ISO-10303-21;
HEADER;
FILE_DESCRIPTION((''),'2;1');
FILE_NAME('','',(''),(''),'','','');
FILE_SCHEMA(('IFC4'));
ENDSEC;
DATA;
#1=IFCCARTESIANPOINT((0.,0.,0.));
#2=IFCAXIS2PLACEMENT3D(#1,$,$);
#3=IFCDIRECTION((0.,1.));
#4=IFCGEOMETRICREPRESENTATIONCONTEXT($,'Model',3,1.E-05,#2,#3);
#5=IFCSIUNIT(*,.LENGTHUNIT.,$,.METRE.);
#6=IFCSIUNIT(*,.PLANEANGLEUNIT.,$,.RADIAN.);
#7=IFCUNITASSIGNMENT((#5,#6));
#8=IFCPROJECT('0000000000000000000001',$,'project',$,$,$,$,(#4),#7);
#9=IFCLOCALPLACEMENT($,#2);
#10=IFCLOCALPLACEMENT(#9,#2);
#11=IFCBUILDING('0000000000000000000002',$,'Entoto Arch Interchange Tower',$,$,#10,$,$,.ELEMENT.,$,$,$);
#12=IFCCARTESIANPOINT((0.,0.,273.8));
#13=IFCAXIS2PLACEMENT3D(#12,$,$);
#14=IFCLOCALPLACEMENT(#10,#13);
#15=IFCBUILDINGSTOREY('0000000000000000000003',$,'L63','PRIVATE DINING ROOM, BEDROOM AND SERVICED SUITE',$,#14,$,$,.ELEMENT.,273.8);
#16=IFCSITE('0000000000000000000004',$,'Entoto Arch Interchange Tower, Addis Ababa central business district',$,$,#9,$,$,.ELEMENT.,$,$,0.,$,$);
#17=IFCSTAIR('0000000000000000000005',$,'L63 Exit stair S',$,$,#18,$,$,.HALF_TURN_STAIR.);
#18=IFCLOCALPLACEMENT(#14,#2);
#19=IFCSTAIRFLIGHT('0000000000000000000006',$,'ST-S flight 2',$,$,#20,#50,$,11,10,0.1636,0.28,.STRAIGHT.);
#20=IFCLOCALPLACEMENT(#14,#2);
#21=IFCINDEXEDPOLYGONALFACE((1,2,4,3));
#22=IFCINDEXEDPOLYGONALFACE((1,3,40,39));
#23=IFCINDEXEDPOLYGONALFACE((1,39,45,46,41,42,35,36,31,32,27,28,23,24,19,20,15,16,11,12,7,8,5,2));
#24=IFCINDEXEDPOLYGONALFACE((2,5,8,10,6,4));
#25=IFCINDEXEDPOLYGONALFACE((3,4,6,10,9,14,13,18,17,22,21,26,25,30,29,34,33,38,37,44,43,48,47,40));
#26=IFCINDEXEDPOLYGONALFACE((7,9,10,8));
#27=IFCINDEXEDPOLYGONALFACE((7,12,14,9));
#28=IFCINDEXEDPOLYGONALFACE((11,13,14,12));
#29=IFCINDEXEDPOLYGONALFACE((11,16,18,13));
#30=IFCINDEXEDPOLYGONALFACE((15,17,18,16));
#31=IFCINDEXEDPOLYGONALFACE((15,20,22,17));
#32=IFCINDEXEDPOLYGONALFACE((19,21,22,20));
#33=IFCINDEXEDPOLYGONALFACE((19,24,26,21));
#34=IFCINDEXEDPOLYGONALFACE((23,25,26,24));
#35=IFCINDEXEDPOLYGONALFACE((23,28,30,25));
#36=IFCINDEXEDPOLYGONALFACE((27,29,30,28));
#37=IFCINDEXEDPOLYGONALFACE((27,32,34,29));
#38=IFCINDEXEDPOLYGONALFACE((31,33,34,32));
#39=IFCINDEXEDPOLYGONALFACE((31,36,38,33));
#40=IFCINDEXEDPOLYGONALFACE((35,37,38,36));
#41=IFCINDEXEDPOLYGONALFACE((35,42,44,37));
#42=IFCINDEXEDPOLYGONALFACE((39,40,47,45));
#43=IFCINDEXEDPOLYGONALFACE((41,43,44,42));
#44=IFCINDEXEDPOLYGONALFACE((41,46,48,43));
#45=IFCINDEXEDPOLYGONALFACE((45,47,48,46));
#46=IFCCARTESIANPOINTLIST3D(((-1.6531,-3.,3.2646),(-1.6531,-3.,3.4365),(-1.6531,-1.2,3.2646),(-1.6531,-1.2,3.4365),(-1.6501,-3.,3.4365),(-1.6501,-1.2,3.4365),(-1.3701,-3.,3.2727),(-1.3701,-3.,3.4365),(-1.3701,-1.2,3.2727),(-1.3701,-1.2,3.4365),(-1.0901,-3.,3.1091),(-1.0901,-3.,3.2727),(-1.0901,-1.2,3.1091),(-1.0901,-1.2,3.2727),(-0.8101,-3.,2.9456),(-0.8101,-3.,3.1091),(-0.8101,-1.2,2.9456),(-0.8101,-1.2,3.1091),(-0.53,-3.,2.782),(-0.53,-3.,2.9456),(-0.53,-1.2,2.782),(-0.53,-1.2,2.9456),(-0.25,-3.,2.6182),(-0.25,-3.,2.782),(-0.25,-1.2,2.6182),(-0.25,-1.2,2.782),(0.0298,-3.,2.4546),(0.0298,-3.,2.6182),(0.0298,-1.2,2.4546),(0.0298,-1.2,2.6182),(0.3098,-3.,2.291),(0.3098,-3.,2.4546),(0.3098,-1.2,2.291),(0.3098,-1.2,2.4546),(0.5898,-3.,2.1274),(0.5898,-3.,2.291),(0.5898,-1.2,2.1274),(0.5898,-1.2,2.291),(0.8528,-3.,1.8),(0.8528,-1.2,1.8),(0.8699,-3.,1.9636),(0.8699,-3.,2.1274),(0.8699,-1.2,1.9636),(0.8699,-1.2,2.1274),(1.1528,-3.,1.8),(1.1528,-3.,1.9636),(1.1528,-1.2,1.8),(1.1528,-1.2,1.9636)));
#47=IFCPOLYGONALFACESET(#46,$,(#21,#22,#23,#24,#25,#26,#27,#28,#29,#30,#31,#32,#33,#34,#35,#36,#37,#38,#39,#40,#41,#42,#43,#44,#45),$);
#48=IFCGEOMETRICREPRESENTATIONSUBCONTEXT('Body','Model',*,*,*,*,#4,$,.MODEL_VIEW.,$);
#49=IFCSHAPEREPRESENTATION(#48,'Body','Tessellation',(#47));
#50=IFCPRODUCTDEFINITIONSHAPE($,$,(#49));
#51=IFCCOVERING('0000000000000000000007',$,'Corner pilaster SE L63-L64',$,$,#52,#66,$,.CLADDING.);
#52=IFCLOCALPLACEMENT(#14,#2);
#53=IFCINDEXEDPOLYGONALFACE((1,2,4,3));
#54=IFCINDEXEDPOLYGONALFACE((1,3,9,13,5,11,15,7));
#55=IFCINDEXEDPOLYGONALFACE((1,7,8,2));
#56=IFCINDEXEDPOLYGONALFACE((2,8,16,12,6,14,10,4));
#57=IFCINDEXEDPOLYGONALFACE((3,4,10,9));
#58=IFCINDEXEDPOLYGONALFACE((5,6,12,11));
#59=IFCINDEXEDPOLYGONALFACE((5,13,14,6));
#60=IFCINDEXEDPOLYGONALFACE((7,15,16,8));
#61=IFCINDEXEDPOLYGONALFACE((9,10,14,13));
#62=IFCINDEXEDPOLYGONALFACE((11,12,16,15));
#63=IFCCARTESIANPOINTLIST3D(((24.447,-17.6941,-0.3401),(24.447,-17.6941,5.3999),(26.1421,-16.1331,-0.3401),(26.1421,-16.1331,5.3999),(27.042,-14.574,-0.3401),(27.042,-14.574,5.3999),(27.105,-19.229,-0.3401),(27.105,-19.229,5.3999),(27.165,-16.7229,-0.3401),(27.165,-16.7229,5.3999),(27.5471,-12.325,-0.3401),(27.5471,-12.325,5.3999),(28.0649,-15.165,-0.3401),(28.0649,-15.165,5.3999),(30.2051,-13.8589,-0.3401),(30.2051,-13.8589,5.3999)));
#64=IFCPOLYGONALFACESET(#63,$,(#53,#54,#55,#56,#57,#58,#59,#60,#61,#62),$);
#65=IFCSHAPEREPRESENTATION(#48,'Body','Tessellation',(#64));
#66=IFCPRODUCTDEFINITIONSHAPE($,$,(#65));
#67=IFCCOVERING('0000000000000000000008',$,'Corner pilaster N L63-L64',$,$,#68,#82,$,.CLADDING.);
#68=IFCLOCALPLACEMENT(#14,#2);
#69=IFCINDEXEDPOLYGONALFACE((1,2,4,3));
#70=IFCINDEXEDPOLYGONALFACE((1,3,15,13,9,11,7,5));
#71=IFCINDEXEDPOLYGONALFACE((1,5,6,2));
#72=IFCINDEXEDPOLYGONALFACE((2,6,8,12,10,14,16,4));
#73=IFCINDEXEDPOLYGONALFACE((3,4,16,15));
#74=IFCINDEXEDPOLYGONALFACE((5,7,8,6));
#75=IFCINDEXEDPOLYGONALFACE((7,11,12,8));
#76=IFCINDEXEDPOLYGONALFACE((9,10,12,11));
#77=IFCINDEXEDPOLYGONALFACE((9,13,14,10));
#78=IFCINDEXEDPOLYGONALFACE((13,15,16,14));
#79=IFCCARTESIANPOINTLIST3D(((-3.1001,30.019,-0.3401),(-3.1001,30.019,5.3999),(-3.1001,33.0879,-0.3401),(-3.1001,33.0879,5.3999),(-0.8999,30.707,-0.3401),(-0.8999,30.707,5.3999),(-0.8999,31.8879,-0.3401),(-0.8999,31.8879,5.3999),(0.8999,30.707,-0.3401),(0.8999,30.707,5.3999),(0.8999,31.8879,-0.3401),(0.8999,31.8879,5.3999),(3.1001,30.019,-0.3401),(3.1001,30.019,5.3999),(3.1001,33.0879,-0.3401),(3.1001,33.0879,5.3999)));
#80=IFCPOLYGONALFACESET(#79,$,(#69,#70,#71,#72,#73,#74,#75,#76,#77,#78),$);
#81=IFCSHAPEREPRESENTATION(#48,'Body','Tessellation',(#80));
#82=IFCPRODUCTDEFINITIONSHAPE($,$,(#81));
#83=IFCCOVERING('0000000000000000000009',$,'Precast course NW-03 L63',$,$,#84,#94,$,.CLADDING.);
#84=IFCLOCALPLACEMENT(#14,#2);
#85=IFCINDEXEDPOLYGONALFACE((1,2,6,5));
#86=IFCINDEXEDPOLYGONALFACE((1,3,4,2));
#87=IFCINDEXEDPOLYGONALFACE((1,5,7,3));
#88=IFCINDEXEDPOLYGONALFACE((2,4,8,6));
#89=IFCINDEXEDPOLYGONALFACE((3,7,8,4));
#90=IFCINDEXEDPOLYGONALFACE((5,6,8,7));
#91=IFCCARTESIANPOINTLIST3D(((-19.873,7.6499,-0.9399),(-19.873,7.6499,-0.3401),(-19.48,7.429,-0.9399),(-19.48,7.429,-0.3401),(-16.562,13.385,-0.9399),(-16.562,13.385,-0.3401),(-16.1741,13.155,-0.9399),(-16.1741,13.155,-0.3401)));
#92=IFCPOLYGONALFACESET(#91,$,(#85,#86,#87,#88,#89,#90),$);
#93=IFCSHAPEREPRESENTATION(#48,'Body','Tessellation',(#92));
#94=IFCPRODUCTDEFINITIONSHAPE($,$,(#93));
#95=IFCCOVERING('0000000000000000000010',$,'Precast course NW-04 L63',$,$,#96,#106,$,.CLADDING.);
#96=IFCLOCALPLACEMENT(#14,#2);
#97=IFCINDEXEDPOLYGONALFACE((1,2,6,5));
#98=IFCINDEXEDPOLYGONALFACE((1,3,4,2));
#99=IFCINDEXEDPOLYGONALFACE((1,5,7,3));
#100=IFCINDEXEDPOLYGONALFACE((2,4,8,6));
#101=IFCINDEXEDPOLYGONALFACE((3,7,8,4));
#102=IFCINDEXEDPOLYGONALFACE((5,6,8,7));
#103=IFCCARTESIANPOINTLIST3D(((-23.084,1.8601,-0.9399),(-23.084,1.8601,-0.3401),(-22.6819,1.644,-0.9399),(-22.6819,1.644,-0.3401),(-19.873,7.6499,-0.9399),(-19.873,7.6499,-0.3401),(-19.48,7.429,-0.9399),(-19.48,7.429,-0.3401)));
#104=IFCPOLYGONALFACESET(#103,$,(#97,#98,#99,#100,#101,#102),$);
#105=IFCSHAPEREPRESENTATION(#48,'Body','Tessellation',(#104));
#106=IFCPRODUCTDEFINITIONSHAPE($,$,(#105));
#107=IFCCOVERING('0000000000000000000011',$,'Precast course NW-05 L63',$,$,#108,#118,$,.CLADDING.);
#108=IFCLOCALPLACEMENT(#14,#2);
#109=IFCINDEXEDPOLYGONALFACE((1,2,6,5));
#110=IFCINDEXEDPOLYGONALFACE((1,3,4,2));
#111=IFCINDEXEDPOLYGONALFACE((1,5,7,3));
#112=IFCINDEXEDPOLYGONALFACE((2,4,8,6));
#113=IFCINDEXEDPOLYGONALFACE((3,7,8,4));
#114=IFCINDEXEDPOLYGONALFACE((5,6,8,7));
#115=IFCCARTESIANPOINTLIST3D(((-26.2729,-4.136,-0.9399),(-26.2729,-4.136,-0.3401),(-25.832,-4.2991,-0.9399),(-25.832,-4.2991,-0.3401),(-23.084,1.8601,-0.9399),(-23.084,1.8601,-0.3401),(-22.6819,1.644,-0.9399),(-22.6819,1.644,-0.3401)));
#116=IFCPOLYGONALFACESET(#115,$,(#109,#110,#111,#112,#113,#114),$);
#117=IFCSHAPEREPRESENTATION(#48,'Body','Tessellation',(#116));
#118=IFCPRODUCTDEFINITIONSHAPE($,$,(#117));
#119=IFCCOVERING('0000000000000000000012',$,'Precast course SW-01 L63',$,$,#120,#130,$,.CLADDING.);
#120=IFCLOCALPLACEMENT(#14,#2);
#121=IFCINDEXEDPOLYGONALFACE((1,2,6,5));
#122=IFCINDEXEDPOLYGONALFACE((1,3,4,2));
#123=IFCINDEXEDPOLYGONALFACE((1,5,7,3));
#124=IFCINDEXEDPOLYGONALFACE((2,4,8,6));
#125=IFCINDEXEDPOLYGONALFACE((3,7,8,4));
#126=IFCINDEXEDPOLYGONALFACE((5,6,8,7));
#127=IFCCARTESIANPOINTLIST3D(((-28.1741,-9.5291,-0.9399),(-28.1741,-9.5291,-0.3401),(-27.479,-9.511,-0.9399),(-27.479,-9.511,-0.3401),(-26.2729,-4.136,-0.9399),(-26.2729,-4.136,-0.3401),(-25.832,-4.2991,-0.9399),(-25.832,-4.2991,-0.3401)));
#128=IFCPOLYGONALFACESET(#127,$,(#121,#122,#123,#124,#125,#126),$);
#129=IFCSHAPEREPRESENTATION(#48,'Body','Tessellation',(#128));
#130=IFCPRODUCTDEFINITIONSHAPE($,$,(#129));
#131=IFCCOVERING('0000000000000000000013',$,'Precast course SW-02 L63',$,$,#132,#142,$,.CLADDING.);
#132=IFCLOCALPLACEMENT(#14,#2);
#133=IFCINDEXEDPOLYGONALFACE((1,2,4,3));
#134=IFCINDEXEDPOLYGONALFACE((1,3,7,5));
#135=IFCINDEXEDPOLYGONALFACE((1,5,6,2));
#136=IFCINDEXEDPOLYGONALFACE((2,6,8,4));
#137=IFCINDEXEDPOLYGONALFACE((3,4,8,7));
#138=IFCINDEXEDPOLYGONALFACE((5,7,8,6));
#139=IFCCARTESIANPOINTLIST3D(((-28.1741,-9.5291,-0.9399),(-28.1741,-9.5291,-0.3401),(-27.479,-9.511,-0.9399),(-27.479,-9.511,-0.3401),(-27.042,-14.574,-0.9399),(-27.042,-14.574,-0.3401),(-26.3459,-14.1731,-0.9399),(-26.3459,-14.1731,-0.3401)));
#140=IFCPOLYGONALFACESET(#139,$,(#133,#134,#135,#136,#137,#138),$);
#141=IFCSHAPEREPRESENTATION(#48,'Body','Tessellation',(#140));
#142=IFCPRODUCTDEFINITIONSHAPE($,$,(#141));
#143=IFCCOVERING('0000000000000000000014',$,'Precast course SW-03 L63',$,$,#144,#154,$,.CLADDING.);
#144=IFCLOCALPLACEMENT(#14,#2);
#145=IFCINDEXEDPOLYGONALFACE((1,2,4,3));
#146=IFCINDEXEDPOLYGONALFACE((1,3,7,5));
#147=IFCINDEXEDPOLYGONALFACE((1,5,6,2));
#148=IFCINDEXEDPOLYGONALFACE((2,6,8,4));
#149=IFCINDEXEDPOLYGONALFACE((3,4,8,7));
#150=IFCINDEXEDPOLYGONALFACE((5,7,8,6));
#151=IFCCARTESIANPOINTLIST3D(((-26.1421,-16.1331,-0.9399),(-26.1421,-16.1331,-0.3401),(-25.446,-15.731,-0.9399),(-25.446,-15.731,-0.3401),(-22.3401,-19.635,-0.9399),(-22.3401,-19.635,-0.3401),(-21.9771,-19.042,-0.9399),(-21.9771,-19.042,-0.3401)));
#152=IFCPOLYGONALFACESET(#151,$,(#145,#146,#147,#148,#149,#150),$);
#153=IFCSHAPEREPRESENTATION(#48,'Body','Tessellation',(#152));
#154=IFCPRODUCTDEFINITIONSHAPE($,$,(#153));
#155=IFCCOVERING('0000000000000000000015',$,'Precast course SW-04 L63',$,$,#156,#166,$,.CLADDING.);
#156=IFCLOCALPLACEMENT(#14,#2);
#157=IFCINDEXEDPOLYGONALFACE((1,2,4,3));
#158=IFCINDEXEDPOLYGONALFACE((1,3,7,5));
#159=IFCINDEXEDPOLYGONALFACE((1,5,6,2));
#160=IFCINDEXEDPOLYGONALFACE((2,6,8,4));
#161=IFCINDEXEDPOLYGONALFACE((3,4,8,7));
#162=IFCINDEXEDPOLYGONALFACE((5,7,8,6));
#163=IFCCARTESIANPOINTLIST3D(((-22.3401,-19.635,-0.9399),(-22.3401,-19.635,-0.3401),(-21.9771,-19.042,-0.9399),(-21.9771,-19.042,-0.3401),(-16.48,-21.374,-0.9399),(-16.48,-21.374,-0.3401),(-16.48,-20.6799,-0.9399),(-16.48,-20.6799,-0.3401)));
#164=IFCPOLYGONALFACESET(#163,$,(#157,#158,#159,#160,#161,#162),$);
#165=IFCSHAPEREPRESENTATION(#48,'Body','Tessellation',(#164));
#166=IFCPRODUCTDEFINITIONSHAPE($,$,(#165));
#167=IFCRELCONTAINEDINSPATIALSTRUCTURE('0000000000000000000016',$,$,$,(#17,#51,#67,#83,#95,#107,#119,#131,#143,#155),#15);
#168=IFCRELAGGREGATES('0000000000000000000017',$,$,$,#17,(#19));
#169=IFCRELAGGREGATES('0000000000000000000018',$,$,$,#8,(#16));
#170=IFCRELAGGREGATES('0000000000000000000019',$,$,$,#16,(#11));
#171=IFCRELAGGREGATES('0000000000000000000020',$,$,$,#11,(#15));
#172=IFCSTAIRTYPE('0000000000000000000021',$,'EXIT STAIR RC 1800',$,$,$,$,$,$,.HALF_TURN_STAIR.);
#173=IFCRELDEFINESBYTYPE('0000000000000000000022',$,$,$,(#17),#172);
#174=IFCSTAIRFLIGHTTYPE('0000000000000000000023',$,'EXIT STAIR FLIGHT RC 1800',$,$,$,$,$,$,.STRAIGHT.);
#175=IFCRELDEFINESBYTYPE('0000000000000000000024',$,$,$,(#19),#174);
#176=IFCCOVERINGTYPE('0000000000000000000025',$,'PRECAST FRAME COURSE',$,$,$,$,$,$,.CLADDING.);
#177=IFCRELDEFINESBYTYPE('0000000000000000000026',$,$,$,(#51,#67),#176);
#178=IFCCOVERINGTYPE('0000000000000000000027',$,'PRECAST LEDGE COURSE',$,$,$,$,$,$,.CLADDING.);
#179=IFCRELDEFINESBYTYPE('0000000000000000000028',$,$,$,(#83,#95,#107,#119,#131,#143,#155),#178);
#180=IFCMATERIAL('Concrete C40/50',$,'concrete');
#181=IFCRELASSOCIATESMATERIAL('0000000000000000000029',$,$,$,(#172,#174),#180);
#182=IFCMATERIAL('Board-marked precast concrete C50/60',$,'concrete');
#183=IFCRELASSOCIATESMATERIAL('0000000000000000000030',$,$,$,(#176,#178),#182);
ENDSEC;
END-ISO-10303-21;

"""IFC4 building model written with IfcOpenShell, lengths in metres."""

from ifc_helpers import new_model, si_unit, direction, frame, origin, place, context, subcontext, project, spatial, polyline, outline, extrude, material, type_object, element, aggregate, save


model = new_model("IFC4")

# Units and contexts
model_context = context("Model", 3, precision=1e-05, world=origin(), true_north=direction((0.0, 1.0)))
body_context = subcontext(model_context, "Body", "Model", "MODEL_VIEW")
ifc_project = project(units=[si_unit("LENGTHUNIT", "METRE"), si_unit("PLANEANGLEUNIT", "RADIAN")], contexts=[model_context])

# Site, building, storey
site_placement = place(None, origin())
site = spatial("IfcSite", under=ifc_project, at=site_placement, Name="Entoto Arch Interchange Tower, Addis Ababa central business district", CompositionType="ELEMENT", RefElevation=0.0)
building_placement = place(site_placement, origin())
building = spatial("IfcBuilding", under=site, at=building_placement, Name="Entoto Arch Interchange Tower", CompositionType="ELEMENT")
storey_placement = place(building_placement, frame((0.0, 0.0, 273.8)))
storey = spatial("IfcBuildingStorey", under=building, at=storey_placement, Name="L63", Description="PRIVATE DINING ROOM, BEDROOM AND SERVICED SUITE", CompositionType="ELEMENT", Elevation=273.8)

# Shared definitions
ifc_material_1 = material(Name="Board-marked precast concrete C50/60", Category="concrete")

# Shared definitions
ifc_material_2 = material(Name="Concrete C40/50", Category="concrete")

# Stair, stair flight
stair_type = type_object("IfcStairType", Name="EXIT STAIR RC 1800", PredefinedType="HALF_TURN_STAIR", material=ifc_material_2)
stair_placement = place(storey_placement, origin())
stair = element("IfcStair", 1, at=stair_placement, inside=storey, type_object=stair_type, Name="L63 Exit stair S", PredefinedType="HALF_TURN_STAIR")
stair_flight_type = type_object("IfcStairFlightType", Name="EXIT STAIR FLIGHT RC 1800", PredefinedType="STRAIGHT", material=ifc_material_2)
stair_flight_placement = place(storey_placement, frame((1.1499, -2.1001, 1.8), z_axis=(0.0, 0.0, 1.0), x_axis=(-1.0, 0.0, 0.0)))
stair_flight = element("IfcStairFlight", 2, at=stair_flight_placement, type_object=stair_flight_type, Name="ST-S flight 2", NumberOfRisers=11, NumberOfTreads=10, PredefinedType="STRAIGHT", RiserHeight=0.1636, TreadLength=0.28, context=body_context, shape_type="SweptSolid", body=[
    extrude(outline(polyline([(-0.0029, 0.0), (-0.0029, 0.1636), (0.28, 0.1636), (0.28, 0.3274), (0.5601, 0.3274), (0.5601, 0.491), (0.8401, 0.491), (0.8401, 0.6545), (1.1201, 0.6545), (1.1201, 0.8181), (1.3999, 0.8181), (1.3999, 0.9819), (1.6799, 0.9819), (1.6799, 1.1455), (1.96, 1.1455), (1.96, 1.3091), (2.24, 1.3091), (2.24, 1.4727), (2.52, 1.4727), (2.52, 1.6365), (2.8, 1.6365), (2.803, 1.6365), (2.803, 1.4646), (0.2971, 0.0), (-0.0029, 0.0)])), frame((0.0, 0.8999, 0.0), z_axis=(0.0, -1.0, 0.0), x_axis=(1.0, 0.0, 0.0)), (0.0, 0.0, 1.0), 1.8),
])
aggregate(stair, [stair_flight])

# Coverings
covering_type_1 = type_object("IfcCoveringType", Name="PRECAST FRAME COURSE", PredefinedType="CLADDING", material=ifc_material_1)
covering_1_placement = place(storey_placement, frame((0.0, 0.0, -0.3401)))
element("IfcCovering", 3, at=covering_1_placement, inside=storey, type_object=covering_type_1, Name="Corner pilaster SE L63-L64", PredefinedType="CLADDING", context=body_context, shape_type="SweptSolid", body=[
    extrude(outline(polyline([(30.2051, -13.8589), (27.105, -19.229), (24.447, -17.6941), (26.1421, -16.1331), (27.165, -16.7229), (28.0649, -15.165), (27.042, -14.574), (27.5471, -12.325), (30.2051, -13.8589)])), origin(), (0.0, 0.0, 1.0), 5.74),
])
covering_2_placement = place(storey_placement, frame((0.0, 0.0, -0.3401)))
element("IfcCovering", 4, at=covering_2_placement, inside=storey, type_object=covering_type_1, Name="Corner pilaster N L63-L64", PredefinedType="CLADDING", context=body_context, shape_type="SweptSolid", body=[
    extrude(outline(polyline([(-3.1001, 33.0879), (3.1001, 33.0879), (3.1001, 30.019), (0.8999, 30.707), (0.8999, 31.8879), (-0.8999, 31.8879), (-0.8999, 30.707), (-3.1001, 30.019), (-3.1001, 33.0879)])), origin(), (0.0, 0.0, 1.0), 5.74),
])
covering_type_2 = type_object("IfcCoveringType", Name="PRECAST LEDGE COURSE", PredefinedType="CLADDING", material=ifc_material_1)
covering_3_placement = place(storey_placement, frame((0.0, 0.0, -0.9399)))
element("IfcCovering", 5, at=covering_3_placement, inside=storey, type_object=covering_type_2, Name="Precast course NW-03 L63", PredefinedType="CLADDING", context=body_context, shape_type="SweptSolid", body=[
    extrude(outline(polyline([(-19.48, 7.429), (-19.873, 7.6499), (-16.562, 13.385), (-16.1741, 13.155), (-19.48, 7.429)])), origin(), (0.0, 0.0, 1.0), 0.5999),
])
covering_4_placement = place(storey_placement, frame((0.0, 0.0, -0.9399)))
element("IfcCovering", 6, at=covering_4_placement, inside=storey, type_object=covering_type_2, Name="Precast course NW-04 L63", PredefinedType="CLADDING", context=body_context, shape_type="SweptSolid", body=[
    extrude(outline(polyline([(-22.6819, 1.644), (-23.084, 1.8601), (-19.873, 7.6499), (-19.48, 7.429), (-22.6819, 1.644)])), origin(), (0.0, 0.0, 1.0), 0.5999),
])
covering_5_placement = place(storey_placement, frame((0.0, 0.0, -0.9399)))
element("IfcCovering", 7, at=covering_5_placement, inside=storey, type_object=covering_type_2, Name="Precast course NW-05 L63", PredefinedType="CLADDING", context=body_context, shape_type="SweptSolid", body=[
    extrude(outline(polyline([(-25.832, -4.2991), (-26.2729, -4.136), (-23.084, 1.8601), (-22.6819, 1.644), (-25.832, -4.2991)])), origin(), (0.0, 0.0, 1.0), 0.5999),
])
covering_6_placement = place(storey_placement, frame((0.0, 0.0, -0.9399)))
element("IfcCovering", 8, at=covering_6_placement, inside=storey, type_object=covering_type_2, Name="Precast course SW-01 L63", PredefinedType="CLADDING", context=body_context, shape_type="SweptSolid", body=[
    extrude(outline(polyline([(-27.479, -9.511), (-28.1741, -9.5291), (-26.2729, -4.136), (-25.832, -4.2991), (-27.479, -9.511)])), origin(), (0.0, 0.0, 1.0), 0.5999),
])
covering_7_placement = place(storey_placement, frame((0.0, 0.0, -0.9399)))
element("IfcCovering", 9, at=covering_7_placement, inside=storey, type_object=covering_type_2, Name="Precast course SW-02 L63", PredefinedType="CLADDING", context=body_context, shape_type="SweptSolid", body=[
    extrude(outline(polyline([(-26.3459, -14.1731), (-27.042, -14.574), (-28.1741, -9.5291), (-27.479, -9.511), (-26.3459, -14.1731)])), origin(), (0.0, 0.0, 1.0), 0.5999),
])
covering_8_placement = place(storey_placement, frame((0.0, 0.0, -0.9399)))
element("IfcCovering", 10, at=covering_8_placement, inside=storey, type_object=covering_type_2, Name="Precast course SW-03 L63", PredefinedType="CLADDING", context=body_context, shape_type="SweptSolid", body=[
    extrude(outline(polyline([(-21.9771, -19.042), (-22.3401, -19.635), (-26.1421, -16.1331), (-25.446, -15.731), (-21.9771, -19.042)])), origin(), (0.0, 0.0, 1.0), 0.5999),
])
covering_9_placement = place(storey_placement, frame((0.0, 0.0, -0.9399)))
element("IfcCovering", 11, at=covering_9_placement, inside=storey, type_object=covering_type_2, Name="Precast course SW-04 L63", PredefinedType="CLADDING", context=body_context, shape_type="SweptSolid", body=[
    extrude(outline(polyline([(-16.48, -20.6799), (-16.48, -21.374), (-22.3401, -19.635), (-21.9771, -19.042), (-16.48, -20.6799)])), origin(), (0.0, 0.0, 1.0), 0.5999),
])

save(model, "model.ifc")
